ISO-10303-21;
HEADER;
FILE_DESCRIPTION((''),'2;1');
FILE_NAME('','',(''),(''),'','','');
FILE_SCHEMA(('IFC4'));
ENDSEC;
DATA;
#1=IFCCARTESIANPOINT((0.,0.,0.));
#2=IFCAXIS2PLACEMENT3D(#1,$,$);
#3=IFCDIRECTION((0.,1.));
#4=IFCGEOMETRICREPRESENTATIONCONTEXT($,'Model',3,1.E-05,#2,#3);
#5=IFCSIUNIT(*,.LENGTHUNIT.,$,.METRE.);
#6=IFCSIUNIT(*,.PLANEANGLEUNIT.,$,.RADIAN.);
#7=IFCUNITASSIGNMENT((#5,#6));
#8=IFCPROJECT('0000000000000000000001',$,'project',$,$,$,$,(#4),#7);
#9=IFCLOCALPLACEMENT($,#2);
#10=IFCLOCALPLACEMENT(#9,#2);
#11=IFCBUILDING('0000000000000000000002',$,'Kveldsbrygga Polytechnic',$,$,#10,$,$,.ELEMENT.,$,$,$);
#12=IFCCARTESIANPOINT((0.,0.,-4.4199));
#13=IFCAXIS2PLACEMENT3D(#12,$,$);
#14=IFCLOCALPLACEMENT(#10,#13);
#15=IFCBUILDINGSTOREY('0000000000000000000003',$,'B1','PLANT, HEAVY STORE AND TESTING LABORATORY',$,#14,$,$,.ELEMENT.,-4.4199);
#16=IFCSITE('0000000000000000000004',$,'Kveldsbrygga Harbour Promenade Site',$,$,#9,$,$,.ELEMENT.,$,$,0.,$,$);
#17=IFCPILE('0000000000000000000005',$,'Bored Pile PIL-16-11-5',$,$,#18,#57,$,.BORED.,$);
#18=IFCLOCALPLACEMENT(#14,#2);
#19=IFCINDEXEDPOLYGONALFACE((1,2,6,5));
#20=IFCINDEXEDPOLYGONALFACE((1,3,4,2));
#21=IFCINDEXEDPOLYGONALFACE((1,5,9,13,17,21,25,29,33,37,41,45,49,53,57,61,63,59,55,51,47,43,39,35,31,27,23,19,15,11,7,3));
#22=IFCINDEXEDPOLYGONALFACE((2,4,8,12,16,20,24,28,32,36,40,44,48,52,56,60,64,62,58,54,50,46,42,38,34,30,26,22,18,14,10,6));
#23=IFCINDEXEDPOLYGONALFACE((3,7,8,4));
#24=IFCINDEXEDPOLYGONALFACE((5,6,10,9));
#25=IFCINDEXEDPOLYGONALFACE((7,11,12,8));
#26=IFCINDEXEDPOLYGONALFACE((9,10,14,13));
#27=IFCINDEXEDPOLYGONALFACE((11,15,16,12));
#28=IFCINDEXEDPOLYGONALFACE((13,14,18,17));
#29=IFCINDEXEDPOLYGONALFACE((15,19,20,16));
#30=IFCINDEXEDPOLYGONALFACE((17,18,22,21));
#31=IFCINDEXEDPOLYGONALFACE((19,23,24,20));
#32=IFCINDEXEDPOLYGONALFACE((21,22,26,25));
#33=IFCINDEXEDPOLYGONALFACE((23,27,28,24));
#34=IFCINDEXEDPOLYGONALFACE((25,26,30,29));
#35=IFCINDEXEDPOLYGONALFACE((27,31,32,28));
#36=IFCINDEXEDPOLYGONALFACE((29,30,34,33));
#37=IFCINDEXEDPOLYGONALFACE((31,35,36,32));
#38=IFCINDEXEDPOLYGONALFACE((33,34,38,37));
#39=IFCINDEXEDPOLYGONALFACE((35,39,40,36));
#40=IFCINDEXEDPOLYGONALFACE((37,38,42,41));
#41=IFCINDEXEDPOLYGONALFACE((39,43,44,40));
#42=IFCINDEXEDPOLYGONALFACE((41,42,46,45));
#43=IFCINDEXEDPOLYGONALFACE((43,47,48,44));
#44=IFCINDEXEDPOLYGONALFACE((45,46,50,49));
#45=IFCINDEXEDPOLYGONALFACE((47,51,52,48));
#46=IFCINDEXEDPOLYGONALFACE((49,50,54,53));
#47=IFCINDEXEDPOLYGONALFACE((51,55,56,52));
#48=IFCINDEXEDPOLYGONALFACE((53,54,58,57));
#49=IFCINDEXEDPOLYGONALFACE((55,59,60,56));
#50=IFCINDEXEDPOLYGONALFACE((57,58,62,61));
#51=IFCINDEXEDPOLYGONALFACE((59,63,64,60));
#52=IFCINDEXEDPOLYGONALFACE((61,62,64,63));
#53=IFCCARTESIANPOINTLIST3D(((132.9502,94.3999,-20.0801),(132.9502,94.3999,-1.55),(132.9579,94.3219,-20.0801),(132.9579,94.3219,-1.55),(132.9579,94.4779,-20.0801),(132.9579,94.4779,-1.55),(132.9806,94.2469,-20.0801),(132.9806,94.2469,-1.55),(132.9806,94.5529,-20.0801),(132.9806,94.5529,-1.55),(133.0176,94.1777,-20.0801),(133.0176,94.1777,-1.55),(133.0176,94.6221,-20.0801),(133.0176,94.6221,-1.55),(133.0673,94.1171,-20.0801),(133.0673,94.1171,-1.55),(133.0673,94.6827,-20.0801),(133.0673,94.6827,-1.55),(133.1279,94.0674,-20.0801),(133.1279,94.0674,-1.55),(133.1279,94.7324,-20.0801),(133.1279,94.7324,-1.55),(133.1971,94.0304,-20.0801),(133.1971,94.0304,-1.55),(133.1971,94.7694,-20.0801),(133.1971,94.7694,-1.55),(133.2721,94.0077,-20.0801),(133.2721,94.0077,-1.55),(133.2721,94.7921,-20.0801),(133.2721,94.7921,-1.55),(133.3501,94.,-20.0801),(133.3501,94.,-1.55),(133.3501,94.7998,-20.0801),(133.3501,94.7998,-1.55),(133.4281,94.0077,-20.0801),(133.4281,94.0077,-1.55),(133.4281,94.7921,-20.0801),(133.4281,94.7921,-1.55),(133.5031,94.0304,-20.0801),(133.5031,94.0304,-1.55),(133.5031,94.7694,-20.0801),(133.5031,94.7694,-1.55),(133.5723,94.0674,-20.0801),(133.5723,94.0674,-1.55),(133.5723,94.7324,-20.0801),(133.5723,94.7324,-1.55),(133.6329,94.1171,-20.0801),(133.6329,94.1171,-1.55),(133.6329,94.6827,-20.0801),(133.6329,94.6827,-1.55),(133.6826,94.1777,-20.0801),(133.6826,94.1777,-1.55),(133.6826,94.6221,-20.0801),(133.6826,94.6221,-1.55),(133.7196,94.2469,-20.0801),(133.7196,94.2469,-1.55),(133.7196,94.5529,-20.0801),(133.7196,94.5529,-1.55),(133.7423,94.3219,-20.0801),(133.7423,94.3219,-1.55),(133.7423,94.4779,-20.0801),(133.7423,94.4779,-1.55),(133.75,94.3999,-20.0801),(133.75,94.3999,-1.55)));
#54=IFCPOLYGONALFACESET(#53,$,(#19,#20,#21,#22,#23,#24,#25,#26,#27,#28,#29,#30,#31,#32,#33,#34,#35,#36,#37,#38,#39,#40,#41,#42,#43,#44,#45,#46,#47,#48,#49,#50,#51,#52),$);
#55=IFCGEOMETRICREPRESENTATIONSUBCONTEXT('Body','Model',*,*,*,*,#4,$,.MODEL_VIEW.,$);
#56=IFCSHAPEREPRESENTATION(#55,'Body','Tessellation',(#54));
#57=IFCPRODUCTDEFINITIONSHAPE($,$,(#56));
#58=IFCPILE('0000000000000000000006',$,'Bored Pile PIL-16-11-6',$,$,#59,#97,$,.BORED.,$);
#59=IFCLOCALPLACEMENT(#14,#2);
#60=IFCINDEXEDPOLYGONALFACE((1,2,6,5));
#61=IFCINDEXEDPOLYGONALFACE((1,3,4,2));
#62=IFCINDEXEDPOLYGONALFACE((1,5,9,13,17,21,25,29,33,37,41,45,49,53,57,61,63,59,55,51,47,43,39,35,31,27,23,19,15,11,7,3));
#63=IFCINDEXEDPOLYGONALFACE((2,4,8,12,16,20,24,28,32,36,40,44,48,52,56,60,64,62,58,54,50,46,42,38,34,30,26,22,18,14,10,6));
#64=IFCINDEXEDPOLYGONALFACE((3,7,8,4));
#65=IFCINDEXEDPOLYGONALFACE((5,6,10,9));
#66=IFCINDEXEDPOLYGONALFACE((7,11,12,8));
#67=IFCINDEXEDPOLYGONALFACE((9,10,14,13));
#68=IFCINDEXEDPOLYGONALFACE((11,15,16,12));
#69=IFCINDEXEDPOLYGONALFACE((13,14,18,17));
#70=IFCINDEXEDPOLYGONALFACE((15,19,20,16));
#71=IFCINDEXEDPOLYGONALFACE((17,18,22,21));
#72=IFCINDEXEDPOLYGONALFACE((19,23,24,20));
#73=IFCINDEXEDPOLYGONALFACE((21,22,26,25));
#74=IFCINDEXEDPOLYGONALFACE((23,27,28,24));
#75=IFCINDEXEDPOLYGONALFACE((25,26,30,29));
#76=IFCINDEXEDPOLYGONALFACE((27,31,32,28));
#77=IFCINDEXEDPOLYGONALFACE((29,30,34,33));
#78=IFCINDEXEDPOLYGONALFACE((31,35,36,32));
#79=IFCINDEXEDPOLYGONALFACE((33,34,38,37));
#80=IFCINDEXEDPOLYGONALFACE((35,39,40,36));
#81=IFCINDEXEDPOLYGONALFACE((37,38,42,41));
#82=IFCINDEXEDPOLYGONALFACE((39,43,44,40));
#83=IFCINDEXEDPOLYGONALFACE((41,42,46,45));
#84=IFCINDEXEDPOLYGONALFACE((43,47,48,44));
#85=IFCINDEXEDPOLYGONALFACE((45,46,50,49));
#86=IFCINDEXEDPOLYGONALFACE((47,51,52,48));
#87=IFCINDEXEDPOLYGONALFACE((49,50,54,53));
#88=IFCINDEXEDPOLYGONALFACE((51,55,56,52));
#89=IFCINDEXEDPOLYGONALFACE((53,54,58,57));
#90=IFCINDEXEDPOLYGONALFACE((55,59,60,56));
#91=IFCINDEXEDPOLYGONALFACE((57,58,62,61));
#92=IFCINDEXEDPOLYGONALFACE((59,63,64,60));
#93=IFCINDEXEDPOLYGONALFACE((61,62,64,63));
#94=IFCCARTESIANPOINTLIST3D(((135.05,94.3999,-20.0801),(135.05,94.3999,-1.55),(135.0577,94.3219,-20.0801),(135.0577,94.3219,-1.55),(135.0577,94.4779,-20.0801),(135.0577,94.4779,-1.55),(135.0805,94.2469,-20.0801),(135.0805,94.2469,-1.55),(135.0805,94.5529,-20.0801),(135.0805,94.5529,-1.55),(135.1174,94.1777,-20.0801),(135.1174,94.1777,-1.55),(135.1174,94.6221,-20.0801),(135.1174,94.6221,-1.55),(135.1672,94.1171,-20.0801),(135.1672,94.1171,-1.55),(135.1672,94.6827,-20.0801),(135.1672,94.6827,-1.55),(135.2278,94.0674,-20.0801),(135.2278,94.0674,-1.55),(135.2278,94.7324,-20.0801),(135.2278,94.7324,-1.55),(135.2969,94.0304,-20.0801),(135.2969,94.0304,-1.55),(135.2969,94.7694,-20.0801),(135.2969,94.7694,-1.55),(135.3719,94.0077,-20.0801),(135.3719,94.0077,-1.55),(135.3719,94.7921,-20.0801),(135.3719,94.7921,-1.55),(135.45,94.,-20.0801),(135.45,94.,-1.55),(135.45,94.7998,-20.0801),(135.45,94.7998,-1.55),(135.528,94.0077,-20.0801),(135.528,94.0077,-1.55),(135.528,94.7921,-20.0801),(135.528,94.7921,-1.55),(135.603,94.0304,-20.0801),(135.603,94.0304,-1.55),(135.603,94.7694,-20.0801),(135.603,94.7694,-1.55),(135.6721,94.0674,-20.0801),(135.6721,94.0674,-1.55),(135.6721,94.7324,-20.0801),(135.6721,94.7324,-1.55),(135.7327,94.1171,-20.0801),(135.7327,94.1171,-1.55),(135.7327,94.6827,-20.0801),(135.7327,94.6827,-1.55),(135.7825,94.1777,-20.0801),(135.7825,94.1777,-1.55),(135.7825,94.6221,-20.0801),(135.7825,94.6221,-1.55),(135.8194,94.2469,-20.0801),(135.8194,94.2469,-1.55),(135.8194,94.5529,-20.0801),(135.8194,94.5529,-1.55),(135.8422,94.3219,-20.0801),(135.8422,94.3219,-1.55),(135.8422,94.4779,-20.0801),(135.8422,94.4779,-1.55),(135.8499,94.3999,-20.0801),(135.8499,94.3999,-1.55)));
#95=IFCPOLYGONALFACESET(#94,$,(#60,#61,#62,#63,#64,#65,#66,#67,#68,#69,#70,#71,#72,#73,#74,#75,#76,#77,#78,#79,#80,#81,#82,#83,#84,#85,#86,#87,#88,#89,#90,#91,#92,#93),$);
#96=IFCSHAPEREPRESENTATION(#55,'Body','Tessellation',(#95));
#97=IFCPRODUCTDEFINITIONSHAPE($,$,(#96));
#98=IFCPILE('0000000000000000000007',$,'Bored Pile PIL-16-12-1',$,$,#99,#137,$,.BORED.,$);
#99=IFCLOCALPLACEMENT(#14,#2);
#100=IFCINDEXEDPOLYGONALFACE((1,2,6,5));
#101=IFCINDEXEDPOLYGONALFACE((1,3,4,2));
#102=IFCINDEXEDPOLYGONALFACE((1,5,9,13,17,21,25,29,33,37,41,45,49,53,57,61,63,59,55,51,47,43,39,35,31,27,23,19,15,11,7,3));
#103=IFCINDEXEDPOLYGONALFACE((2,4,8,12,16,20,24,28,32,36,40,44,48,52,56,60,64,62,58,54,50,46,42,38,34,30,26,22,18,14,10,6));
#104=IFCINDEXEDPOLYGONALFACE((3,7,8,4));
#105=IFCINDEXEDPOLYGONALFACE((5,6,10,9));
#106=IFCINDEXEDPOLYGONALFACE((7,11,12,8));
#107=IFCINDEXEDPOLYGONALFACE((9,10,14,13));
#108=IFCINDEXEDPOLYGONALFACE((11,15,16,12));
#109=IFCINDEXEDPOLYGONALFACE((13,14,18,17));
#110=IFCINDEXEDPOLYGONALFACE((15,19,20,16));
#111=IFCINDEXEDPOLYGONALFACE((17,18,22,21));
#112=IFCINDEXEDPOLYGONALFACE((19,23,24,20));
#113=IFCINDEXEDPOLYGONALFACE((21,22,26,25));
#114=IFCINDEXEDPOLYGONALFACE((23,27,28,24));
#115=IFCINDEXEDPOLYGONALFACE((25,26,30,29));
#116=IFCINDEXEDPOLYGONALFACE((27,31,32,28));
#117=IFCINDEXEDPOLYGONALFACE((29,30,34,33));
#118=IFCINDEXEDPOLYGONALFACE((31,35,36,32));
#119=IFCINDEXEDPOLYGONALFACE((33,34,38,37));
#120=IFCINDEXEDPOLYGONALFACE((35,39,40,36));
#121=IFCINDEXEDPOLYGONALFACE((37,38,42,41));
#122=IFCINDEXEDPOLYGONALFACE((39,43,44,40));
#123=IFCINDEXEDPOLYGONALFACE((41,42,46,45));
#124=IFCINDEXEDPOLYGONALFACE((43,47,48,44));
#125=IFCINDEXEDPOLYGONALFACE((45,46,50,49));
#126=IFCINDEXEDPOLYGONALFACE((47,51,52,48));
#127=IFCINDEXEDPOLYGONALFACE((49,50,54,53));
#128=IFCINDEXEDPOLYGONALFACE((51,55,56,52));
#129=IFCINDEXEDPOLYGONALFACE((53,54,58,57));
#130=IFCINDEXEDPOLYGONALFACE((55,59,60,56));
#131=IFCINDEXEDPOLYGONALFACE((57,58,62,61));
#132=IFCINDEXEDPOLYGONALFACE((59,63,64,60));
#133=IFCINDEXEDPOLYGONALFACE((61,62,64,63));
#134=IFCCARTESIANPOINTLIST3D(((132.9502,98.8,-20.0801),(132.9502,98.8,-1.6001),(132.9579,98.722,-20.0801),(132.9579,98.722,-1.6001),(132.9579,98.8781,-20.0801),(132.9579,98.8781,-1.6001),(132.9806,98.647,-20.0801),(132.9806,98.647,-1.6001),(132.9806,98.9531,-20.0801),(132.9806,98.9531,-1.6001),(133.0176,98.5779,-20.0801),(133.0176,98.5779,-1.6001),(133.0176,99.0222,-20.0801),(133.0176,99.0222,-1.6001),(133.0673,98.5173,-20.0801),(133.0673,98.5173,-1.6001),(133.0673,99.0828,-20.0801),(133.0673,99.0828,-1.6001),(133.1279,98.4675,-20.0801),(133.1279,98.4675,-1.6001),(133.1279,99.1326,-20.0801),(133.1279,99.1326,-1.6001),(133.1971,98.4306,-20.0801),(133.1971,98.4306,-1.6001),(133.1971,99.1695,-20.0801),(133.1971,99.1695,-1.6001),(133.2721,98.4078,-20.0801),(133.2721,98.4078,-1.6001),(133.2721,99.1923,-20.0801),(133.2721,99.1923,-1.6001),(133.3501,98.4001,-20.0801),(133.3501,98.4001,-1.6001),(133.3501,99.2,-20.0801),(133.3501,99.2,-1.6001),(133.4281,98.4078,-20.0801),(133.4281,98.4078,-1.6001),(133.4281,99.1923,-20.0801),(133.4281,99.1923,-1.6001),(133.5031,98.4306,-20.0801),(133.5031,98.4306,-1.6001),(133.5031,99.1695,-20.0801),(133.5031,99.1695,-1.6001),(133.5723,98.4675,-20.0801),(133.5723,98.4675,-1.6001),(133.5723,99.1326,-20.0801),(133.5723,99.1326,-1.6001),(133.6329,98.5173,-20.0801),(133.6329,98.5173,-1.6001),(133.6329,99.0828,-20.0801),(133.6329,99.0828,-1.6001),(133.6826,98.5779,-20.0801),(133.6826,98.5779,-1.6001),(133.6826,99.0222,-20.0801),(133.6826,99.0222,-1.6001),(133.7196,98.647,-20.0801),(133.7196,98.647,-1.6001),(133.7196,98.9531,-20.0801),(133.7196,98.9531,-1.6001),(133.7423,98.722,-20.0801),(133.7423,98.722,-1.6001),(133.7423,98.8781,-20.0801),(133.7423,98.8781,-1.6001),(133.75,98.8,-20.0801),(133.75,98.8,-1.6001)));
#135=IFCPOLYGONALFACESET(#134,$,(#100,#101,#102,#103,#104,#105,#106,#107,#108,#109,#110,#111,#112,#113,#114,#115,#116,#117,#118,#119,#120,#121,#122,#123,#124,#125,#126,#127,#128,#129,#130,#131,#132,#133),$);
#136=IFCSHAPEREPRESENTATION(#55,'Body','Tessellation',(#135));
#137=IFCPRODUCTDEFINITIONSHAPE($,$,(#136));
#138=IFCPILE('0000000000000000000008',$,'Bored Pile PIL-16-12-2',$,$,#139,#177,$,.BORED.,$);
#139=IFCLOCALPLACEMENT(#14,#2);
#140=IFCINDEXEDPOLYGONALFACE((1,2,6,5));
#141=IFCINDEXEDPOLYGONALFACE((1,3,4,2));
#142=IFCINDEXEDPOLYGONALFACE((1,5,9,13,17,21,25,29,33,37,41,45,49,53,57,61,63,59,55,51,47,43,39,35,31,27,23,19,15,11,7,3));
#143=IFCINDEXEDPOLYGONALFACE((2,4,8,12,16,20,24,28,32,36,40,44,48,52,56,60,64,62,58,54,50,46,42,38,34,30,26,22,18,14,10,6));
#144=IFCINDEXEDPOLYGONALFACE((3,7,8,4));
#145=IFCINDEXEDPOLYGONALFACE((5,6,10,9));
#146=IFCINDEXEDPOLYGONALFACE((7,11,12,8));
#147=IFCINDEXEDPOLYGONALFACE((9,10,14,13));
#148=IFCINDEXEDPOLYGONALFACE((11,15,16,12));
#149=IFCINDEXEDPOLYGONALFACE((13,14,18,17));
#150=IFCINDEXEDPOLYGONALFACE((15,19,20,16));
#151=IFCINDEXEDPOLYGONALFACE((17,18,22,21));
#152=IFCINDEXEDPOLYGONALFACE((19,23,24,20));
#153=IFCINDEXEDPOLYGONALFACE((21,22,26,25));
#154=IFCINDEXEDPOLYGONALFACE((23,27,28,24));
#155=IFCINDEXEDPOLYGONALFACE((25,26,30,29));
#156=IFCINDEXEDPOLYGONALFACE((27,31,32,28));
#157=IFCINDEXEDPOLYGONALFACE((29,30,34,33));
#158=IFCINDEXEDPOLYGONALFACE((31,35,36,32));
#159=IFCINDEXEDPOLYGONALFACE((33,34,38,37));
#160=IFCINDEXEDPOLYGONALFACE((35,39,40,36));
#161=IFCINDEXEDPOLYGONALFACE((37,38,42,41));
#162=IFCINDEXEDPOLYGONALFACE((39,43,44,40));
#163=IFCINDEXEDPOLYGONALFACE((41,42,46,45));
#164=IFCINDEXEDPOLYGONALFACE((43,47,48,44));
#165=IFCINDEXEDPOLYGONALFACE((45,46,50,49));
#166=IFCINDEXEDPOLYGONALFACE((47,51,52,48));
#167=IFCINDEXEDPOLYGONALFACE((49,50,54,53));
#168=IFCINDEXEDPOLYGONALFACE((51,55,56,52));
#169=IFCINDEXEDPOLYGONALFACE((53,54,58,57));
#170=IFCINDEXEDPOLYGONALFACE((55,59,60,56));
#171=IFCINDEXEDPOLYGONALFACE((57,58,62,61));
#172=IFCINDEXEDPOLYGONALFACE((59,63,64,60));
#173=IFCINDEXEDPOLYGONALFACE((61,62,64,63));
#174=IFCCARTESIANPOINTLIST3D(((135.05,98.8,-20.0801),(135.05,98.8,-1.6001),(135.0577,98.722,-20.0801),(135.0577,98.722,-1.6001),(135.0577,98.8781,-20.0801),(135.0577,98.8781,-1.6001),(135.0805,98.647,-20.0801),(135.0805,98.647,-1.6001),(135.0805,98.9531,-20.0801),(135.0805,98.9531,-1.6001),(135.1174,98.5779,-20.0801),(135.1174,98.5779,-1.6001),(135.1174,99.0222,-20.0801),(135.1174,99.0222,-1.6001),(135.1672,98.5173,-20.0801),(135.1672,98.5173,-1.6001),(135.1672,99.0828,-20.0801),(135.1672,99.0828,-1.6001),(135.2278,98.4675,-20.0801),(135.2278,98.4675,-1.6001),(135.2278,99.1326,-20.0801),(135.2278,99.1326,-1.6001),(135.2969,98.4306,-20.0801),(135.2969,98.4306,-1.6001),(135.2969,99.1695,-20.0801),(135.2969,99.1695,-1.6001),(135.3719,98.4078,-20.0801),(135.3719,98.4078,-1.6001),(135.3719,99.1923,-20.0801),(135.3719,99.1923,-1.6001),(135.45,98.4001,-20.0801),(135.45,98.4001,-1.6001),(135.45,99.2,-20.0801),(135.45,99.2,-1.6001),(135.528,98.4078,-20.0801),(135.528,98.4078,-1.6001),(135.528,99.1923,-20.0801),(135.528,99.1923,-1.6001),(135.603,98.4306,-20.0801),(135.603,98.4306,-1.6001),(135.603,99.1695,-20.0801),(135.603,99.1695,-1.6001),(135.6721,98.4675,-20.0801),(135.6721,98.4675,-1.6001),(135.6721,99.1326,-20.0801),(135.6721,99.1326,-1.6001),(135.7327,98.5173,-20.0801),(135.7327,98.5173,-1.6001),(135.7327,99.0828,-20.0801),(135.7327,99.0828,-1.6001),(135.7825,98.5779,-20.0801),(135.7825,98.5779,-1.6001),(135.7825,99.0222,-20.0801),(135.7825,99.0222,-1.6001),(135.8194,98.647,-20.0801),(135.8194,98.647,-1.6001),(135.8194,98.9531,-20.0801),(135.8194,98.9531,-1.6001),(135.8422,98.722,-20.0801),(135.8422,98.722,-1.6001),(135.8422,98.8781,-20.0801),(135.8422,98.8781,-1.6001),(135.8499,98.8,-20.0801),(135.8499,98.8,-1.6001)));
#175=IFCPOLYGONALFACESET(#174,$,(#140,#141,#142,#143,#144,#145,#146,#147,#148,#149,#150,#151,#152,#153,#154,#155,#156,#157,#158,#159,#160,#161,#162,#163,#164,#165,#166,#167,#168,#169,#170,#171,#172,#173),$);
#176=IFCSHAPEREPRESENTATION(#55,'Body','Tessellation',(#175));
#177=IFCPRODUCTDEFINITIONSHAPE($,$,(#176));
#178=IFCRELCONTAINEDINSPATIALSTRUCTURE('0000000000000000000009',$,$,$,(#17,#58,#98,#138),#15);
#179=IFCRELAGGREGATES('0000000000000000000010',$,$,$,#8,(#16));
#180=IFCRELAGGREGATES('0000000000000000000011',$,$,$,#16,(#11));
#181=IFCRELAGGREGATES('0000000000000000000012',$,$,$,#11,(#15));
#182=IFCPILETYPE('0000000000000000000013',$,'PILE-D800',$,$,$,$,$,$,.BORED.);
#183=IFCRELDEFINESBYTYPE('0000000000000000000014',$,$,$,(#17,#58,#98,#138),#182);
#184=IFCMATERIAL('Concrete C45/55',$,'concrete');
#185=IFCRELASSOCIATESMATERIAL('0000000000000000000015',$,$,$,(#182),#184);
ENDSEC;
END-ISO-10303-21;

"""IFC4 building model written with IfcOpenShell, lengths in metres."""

from ifc_helpers import new_model, si_unit, direction, frame, origin, origin_2d, place, context, subcontext, project, spatial, circle, extrude, material, material_profile, profile_set, type_object, element, save


model = new_model("IFC4")

# Units and contexts
model_context = context("Model", 3, precision=1e-05, world=origin(), true_north=direction((0.0, 1.0)))
body_context = subcontext(model_context, "Body", "Model", "MODEL_VIEW")
ifc_project = project(units=[si_unit("LENGTHUNIT", "METRE"), si_unit("PLANEANGLEUNIT", "RADIAN")], contexts=[model_context])

# Site, building, storey
site_placement = place(None, origin())
site = spatial("IfcSite", under=ifc_project, at=site_placement, Name="Kveldsbrygga Harbour Promenade Site", CompositionType="ELEMENT", RefElevation=0.0)
building_placement = place(site_placement, origin())
building = spatial("IfcBuilding", under=site, at=building_placement, Name="Kveldsbrygga Polytechnic", CompositionType="ELEMENT")
storey_placement = place(building_placement, frame((0.0, 0.0, -4.4199)))
storey = spatial("IfcBuildingStorey", under=building, at=storey_placement, Name="B1", Description="PLANT, HEAVY STORE AND TESTING LABORATORY", CompositionType="ELEMENT", Elevation=-4.4199)

# Shared definitions
ifc_material_1 = material(Name="Concrete C45/55", Category="concrete")

# Piles
ifc_material_profile_1 = material_profile(ifc_material_1, circle(Radius=0.3999, at=origin_2d()), Name="PILE D800")
ifc_profile_set_1 = profile_set([ifc_material_profile_1], Name="Concrete C45/55")
pile_type = type_object("IfcPileType", Name="PILE-D800", PredefinedType="BORED", material=ifc_profile_set_1)
for number, where, z_axis, x_axis, name in (
    (1, (133.3501, 94.3999, -1.55), (0.0, 0.0, -1.0), (1.0, 0.0, 0.0), "Bored Pile PIL-16-11-5"),
    (2, (135.45, 94.3999, -1.55), (0.0, 0.0, -1.0), (1.0, 0.0, 0.0), "Bored Pile PIL-16-11-6"),
):
    element("IfcPile", number, at=place(storey_placement, frame(where, z_axis=z_axis, x_axis=x_axis)), inside=storey, type_object=pile_type, Name=name, PredefinedType="BORED", context=body_context, shape_type="SweptSolid", body=[
        extrude(circle(Radius=0.3999, at=origin_2d()), origin(), (0.0, 0.0, 1.0), 18.53),
    ])
for number, where, z_axis, x_axis, name in (
    (3, (133.3501, 98.8, -1.6001), (0.0, 0.0, -1.0), (1.0, 0.0, 0.0), "Bored Pile PIL-16-12-1"),
    (4, (135.45, 98.8, -1.6001), (0.0, 0.0, -1.0), (1.0, 0.0, 0.0), "Bored Pile PIL-16-12-2"),
):
    element("IfcPile", number, at=place(storey_placement, frame(where, z_axis=z_axis, x_axis=x_axis)), inside=storey, type_object=pile_type, Name=name, PredefinedType="BORED", context=body_context, shape_type="SweptSolid", body=[
        extrude(circle(Radius=0.3999, at=origin_2d()), origin(), (0.0, 0.0, 1.0), 18.48),
    ])

save(model, "model.ifc")
